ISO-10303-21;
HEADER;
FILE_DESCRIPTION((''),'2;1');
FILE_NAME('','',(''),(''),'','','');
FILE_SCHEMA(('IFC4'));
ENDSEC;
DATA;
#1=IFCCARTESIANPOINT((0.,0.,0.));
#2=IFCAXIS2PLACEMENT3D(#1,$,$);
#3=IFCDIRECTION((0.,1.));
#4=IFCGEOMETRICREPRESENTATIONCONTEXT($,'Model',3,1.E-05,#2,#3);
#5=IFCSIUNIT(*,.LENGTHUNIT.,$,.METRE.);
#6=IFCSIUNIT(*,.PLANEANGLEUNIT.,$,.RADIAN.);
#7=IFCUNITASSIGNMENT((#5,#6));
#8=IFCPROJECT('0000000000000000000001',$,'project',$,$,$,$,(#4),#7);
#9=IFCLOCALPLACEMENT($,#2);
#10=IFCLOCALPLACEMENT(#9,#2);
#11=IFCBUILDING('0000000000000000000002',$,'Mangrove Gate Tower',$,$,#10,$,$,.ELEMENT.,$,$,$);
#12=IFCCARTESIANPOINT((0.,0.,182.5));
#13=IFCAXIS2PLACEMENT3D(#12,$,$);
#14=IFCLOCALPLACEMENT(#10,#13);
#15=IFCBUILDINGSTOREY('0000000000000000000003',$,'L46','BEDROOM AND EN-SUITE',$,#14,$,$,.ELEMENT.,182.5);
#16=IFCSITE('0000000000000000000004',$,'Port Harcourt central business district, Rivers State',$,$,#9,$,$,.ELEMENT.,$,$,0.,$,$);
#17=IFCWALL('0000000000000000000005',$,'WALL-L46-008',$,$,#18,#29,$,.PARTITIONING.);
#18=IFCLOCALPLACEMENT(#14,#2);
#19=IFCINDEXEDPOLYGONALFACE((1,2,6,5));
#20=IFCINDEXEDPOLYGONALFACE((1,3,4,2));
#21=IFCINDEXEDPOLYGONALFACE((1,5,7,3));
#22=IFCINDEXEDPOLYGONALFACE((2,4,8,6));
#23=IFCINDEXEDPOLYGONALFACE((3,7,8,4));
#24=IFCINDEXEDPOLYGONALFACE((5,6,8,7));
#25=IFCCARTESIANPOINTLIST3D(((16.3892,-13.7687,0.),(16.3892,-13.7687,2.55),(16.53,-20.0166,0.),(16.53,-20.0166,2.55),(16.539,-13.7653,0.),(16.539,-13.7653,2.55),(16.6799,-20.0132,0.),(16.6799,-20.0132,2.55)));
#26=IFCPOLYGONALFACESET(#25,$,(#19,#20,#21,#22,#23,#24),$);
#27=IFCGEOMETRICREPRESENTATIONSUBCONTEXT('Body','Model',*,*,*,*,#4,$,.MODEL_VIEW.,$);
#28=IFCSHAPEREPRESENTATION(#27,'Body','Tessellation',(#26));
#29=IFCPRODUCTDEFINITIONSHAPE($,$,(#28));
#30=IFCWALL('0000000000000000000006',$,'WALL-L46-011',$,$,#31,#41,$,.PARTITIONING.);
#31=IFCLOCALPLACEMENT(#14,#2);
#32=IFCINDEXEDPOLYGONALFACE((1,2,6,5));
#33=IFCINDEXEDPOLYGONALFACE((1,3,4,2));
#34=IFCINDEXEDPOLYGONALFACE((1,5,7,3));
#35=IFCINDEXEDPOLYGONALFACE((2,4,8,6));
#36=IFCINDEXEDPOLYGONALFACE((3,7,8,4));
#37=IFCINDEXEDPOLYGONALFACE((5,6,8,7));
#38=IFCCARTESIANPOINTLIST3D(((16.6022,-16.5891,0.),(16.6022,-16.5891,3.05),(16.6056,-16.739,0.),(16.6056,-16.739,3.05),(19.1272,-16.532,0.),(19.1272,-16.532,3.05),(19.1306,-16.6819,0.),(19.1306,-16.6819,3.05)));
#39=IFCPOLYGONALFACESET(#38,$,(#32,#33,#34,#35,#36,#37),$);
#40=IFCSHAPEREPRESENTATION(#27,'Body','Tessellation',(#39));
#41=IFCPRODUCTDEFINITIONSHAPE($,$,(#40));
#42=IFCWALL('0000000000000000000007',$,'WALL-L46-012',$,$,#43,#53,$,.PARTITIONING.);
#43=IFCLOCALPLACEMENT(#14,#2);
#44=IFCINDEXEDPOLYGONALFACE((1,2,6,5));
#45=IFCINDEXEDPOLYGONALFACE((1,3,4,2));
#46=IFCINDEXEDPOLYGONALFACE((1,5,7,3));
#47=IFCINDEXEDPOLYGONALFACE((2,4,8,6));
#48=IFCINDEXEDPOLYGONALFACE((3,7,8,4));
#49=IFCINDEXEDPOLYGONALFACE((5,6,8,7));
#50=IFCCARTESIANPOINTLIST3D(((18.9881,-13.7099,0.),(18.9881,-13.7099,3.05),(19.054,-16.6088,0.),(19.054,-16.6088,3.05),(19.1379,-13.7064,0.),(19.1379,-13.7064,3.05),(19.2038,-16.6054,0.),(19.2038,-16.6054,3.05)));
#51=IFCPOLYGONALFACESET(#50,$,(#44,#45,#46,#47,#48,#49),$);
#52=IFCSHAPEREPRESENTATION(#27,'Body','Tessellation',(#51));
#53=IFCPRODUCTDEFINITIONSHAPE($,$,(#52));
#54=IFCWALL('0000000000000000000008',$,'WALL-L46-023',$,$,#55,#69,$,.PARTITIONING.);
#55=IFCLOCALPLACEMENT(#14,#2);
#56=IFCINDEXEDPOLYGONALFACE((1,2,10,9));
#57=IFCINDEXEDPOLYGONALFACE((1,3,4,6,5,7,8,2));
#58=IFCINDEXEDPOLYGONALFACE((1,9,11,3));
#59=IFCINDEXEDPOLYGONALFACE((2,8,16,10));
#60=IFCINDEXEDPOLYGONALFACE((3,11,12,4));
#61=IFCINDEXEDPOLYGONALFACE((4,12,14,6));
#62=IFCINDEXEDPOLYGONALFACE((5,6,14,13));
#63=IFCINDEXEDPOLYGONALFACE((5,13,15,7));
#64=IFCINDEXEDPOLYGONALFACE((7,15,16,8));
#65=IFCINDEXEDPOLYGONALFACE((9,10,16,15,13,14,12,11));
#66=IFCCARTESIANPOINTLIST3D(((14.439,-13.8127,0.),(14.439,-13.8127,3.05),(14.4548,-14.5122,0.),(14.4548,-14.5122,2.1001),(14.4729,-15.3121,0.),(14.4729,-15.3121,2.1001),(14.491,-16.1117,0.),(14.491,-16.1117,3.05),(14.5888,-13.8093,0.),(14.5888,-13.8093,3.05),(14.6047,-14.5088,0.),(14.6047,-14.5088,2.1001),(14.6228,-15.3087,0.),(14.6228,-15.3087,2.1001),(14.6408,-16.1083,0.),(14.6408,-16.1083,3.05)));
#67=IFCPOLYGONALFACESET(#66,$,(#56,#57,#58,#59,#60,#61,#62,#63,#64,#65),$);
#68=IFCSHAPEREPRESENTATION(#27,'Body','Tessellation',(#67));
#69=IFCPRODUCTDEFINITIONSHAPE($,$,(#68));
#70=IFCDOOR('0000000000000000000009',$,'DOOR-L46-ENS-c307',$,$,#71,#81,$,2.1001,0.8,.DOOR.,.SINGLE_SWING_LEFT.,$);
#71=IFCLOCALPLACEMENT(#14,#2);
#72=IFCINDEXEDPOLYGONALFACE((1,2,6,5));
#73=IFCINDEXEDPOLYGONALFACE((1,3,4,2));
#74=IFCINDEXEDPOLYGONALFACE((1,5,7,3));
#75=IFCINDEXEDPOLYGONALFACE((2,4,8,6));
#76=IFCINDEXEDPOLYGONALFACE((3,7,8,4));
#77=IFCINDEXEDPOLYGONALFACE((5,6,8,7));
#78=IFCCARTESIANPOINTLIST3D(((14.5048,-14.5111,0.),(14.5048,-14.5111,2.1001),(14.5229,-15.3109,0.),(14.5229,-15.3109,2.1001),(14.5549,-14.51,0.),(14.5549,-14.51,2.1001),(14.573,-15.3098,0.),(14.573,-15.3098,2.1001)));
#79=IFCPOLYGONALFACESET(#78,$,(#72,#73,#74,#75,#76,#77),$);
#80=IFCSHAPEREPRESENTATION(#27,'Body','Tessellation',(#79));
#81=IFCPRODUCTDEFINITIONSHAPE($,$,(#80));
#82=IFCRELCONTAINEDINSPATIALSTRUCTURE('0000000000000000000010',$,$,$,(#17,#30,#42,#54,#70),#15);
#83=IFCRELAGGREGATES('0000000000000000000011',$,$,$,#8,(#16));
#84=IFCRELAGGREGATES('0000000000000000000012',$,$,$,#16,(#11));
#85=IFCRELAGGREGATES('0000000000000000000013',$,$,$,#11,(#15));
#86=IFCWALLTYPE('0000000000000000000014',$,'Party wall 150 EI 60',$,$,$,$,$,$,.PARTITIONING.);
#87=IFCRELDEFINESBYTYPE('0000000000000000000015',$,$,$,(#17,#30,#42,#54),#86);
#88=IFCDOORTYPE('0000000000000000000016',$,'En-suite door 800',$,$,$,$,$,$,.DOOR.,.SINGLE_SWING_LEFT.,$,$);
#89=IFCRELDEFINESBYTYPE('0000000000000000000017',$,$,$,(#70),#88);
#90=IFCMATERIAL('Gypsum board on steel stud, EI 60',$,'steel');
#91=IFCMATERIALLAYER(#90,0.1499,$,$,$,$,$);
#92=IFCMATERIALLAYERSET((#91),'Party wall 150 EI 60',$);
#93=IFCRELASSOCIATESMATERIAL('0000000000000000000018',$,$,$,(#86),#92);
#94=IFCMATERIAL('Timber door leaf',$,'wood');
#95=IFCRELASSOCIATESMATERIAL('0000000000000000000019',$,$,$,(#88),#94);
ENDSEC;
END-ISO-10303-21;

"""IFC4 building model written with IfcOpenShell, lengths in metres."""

from ifc_helpers import new_model, si_unit, direction, frame, frame_2d, origin, place, context, subcontext, project, spatial, rectangle, extrude, material, layer, layer_set, type_object, element, fill, save


model = new_model("IFC4")

# Units and contexts
model_context = context("Model", 3, precision=1e-05, world=origin(), true_north=direction((0.0, 1.0)))
body_context = subcontext(model_context, "Body", "Model", "MODEL_VIEW")
ifc_project = project(units=[si_unit("LENGTHUNIT", "METRE"), si_unit("PLANEANGLEUNIT", "RADIAN")], contexts=[model_context])

# Site, building, storey
site_placement = place(None, origin())
site = spatial("IfcSite", under=ifc_project, at=site_placement, Name="Port Harcourt central business district, Rivers State", CompositionType="ELEMENT", RefElevation=0.0)
building_placement = place(site_placement, origin())
building = spatial("IfcBuilding", under=site, at=building_placement, Name="Mangrove Gate Tower", CompositionType="ELEMENT")
storey_placement = place(building_placement, frame((0.0, 0.0, 182.5)))
storey = spatial("IfcBuildingStorey", under=building, at=storey_placement, Name="L46", Description="BEDROOM AND EN-SUITE", CompositionType="ELEMENT", Elevation=182.5)

# Walls
ifc_material_1 = material(Name="Gypsum board on steel stud, EI 60", Category="steel")
ifc_layer_1 = layer(ifc_material_1, 0.1499)
ifc_layer_set_1 = layer_set([ifc_layer_1], Name="Party wall 150 EI 60")
wall_type_1 = type_object("IfcWallType", Name="Party wall 150 EI 60", PredefinedType="PARTITIONING", material=ifc_layer_set_1)
wall_1_placement = place(storey_placement, frame((16.605, -20.0149, 0.0), z_axis=(0.0, 0.0, 1.0), x_axis=(-0.022541, 0.999746, 0.0)))
element("IfcWall", 1, at=wall_1_placement, inside=storey, type_object=wall_type_1, Name="WALL-L46-008", PredefinedType="PARTITIONING", context=body_context, shape_type="SweptSolid", body=[
    extrude(rectangle(XDim=6.2495, YDim=0.1499, at=frame_2d((3.1248, 0.0))), origin(), (0.0, 0.0, 1.0), 2.55),
])
wall_2_placement = place(storey_placement, frame((16.604, -16.6641, 0.0), z_axis=(0.0, 0.0, 1.0), x_axis=(0.999744, 0.02262, 0.0)))
element("IfcWall", 2, at=wall_2_placement, inside=storey, type_object=wall_type_1, Name="WALL-L46-011", PredefinedType="PARTITIONING", context=body_context, shape_type="SweptSolid", body=[
    extrude(rectangle(XDim=2.5256, YDim=0.1499, at=frame_2d((1.2627, 0.0))), origin(), (0.0, 0.0, 1.0), 3.05),
])
wall_3_placement = place(storey_placement, frame((19.1289, -16.6069, 0.0), z_axis=(0.0, 0.0, 1.0), x_axis=(-0.022733, 0.999742, 0.0)))
element("IfcWall", 3, at=wall_3_placement, inside=storey, type_object=wall_type_1, Name="WALL-L46-012", PredefinedType="PARTITIONING", context=body_context, shape_type="SweptSolid", body=[
    extrude(rectangle(XDim=2.8997, YDim=0.1499, at=frame_2d((1.4497, 0.0))), origin(), (0.0, 0.0, 1.0), 3.05),
])

# Wall, opening, door
wall_4_placement = place(storey_placement, frame((14.5659, -16.1101, 0.0), z_axis=(0.0, 0.0, 1.0), x_axis=(-0.022613, 0.999744, 0.0)))
wall_4 = element("IfcWall", 4, at=wall_4_placement, inside=storey, type_object=wall_type_1, Name="WALL-L46-023", PredefinedType="PARTITIONING", context=body_context, shape_type="SweptSolid", body=[
    extrude(rectangle(XDim=2.2996, YDim=0.1499, at=frame_2d((1.1499, 0.0))), origin(), (0.0, 0.0, 1.0), 3.05),
])
opening_1_placement = place(wall_4_placement, frame((0.8, 0.0, 0.0)))
opening_1 = element("IfcOpeningElement", 5, at=opening_1_placement, cuts=wall_4, PredefinedType="OPENING", context=body_context, shape_type="SweptSolid", body=[
    extrude(rectangle(XDim=0.8, YDim=2.1001, at=frame_2d((0.3999, 1.05))), frame((0.0, 0.085, 0.0), z_axis=(0.0, -1.0, 0.0), x_axis=(1.0, 0.0, 0.0)), (0.0, 0.0, 1.0), 0.1699),
])
ifc_material_2 = material(Name="Timber door leaf", Category="wood")
door_type_1 = type_object("IfcDoorType", Name="En-suite door 800", OperationType="SINGLE_SWING_LEFT", PredefinedType="DOOR", material=ifc_material_2)
door_1_placement = place(opening_1_placement, origin())
door_1 = element("IfcDoor", 6, at=door_1_placement, inside=storey, type_object=door_type_1, Name="DOOR-L46-ENS-c307", OperationType="SINGLE_SWING_LEFT", OverallHeight=2.1001, OverallWidth=0.8, PredefinedType="DOOR", context=body_context, shape_type="SweptSolid", body=[
    extrude(rectangle(XDim=0.8, YDim=2.1001, at=frame_2d((0.3999, 1.05))), frame((0.0, 0.0249, 0.0), z_axis=(0.0, -1.0, 0.0), x_axis=(1.0, 0.0, 0.0)), (0.0, 0.0, 1.0), 0.05),
])
fill(opening_1, door_1)

save(model, "model.ifc")
